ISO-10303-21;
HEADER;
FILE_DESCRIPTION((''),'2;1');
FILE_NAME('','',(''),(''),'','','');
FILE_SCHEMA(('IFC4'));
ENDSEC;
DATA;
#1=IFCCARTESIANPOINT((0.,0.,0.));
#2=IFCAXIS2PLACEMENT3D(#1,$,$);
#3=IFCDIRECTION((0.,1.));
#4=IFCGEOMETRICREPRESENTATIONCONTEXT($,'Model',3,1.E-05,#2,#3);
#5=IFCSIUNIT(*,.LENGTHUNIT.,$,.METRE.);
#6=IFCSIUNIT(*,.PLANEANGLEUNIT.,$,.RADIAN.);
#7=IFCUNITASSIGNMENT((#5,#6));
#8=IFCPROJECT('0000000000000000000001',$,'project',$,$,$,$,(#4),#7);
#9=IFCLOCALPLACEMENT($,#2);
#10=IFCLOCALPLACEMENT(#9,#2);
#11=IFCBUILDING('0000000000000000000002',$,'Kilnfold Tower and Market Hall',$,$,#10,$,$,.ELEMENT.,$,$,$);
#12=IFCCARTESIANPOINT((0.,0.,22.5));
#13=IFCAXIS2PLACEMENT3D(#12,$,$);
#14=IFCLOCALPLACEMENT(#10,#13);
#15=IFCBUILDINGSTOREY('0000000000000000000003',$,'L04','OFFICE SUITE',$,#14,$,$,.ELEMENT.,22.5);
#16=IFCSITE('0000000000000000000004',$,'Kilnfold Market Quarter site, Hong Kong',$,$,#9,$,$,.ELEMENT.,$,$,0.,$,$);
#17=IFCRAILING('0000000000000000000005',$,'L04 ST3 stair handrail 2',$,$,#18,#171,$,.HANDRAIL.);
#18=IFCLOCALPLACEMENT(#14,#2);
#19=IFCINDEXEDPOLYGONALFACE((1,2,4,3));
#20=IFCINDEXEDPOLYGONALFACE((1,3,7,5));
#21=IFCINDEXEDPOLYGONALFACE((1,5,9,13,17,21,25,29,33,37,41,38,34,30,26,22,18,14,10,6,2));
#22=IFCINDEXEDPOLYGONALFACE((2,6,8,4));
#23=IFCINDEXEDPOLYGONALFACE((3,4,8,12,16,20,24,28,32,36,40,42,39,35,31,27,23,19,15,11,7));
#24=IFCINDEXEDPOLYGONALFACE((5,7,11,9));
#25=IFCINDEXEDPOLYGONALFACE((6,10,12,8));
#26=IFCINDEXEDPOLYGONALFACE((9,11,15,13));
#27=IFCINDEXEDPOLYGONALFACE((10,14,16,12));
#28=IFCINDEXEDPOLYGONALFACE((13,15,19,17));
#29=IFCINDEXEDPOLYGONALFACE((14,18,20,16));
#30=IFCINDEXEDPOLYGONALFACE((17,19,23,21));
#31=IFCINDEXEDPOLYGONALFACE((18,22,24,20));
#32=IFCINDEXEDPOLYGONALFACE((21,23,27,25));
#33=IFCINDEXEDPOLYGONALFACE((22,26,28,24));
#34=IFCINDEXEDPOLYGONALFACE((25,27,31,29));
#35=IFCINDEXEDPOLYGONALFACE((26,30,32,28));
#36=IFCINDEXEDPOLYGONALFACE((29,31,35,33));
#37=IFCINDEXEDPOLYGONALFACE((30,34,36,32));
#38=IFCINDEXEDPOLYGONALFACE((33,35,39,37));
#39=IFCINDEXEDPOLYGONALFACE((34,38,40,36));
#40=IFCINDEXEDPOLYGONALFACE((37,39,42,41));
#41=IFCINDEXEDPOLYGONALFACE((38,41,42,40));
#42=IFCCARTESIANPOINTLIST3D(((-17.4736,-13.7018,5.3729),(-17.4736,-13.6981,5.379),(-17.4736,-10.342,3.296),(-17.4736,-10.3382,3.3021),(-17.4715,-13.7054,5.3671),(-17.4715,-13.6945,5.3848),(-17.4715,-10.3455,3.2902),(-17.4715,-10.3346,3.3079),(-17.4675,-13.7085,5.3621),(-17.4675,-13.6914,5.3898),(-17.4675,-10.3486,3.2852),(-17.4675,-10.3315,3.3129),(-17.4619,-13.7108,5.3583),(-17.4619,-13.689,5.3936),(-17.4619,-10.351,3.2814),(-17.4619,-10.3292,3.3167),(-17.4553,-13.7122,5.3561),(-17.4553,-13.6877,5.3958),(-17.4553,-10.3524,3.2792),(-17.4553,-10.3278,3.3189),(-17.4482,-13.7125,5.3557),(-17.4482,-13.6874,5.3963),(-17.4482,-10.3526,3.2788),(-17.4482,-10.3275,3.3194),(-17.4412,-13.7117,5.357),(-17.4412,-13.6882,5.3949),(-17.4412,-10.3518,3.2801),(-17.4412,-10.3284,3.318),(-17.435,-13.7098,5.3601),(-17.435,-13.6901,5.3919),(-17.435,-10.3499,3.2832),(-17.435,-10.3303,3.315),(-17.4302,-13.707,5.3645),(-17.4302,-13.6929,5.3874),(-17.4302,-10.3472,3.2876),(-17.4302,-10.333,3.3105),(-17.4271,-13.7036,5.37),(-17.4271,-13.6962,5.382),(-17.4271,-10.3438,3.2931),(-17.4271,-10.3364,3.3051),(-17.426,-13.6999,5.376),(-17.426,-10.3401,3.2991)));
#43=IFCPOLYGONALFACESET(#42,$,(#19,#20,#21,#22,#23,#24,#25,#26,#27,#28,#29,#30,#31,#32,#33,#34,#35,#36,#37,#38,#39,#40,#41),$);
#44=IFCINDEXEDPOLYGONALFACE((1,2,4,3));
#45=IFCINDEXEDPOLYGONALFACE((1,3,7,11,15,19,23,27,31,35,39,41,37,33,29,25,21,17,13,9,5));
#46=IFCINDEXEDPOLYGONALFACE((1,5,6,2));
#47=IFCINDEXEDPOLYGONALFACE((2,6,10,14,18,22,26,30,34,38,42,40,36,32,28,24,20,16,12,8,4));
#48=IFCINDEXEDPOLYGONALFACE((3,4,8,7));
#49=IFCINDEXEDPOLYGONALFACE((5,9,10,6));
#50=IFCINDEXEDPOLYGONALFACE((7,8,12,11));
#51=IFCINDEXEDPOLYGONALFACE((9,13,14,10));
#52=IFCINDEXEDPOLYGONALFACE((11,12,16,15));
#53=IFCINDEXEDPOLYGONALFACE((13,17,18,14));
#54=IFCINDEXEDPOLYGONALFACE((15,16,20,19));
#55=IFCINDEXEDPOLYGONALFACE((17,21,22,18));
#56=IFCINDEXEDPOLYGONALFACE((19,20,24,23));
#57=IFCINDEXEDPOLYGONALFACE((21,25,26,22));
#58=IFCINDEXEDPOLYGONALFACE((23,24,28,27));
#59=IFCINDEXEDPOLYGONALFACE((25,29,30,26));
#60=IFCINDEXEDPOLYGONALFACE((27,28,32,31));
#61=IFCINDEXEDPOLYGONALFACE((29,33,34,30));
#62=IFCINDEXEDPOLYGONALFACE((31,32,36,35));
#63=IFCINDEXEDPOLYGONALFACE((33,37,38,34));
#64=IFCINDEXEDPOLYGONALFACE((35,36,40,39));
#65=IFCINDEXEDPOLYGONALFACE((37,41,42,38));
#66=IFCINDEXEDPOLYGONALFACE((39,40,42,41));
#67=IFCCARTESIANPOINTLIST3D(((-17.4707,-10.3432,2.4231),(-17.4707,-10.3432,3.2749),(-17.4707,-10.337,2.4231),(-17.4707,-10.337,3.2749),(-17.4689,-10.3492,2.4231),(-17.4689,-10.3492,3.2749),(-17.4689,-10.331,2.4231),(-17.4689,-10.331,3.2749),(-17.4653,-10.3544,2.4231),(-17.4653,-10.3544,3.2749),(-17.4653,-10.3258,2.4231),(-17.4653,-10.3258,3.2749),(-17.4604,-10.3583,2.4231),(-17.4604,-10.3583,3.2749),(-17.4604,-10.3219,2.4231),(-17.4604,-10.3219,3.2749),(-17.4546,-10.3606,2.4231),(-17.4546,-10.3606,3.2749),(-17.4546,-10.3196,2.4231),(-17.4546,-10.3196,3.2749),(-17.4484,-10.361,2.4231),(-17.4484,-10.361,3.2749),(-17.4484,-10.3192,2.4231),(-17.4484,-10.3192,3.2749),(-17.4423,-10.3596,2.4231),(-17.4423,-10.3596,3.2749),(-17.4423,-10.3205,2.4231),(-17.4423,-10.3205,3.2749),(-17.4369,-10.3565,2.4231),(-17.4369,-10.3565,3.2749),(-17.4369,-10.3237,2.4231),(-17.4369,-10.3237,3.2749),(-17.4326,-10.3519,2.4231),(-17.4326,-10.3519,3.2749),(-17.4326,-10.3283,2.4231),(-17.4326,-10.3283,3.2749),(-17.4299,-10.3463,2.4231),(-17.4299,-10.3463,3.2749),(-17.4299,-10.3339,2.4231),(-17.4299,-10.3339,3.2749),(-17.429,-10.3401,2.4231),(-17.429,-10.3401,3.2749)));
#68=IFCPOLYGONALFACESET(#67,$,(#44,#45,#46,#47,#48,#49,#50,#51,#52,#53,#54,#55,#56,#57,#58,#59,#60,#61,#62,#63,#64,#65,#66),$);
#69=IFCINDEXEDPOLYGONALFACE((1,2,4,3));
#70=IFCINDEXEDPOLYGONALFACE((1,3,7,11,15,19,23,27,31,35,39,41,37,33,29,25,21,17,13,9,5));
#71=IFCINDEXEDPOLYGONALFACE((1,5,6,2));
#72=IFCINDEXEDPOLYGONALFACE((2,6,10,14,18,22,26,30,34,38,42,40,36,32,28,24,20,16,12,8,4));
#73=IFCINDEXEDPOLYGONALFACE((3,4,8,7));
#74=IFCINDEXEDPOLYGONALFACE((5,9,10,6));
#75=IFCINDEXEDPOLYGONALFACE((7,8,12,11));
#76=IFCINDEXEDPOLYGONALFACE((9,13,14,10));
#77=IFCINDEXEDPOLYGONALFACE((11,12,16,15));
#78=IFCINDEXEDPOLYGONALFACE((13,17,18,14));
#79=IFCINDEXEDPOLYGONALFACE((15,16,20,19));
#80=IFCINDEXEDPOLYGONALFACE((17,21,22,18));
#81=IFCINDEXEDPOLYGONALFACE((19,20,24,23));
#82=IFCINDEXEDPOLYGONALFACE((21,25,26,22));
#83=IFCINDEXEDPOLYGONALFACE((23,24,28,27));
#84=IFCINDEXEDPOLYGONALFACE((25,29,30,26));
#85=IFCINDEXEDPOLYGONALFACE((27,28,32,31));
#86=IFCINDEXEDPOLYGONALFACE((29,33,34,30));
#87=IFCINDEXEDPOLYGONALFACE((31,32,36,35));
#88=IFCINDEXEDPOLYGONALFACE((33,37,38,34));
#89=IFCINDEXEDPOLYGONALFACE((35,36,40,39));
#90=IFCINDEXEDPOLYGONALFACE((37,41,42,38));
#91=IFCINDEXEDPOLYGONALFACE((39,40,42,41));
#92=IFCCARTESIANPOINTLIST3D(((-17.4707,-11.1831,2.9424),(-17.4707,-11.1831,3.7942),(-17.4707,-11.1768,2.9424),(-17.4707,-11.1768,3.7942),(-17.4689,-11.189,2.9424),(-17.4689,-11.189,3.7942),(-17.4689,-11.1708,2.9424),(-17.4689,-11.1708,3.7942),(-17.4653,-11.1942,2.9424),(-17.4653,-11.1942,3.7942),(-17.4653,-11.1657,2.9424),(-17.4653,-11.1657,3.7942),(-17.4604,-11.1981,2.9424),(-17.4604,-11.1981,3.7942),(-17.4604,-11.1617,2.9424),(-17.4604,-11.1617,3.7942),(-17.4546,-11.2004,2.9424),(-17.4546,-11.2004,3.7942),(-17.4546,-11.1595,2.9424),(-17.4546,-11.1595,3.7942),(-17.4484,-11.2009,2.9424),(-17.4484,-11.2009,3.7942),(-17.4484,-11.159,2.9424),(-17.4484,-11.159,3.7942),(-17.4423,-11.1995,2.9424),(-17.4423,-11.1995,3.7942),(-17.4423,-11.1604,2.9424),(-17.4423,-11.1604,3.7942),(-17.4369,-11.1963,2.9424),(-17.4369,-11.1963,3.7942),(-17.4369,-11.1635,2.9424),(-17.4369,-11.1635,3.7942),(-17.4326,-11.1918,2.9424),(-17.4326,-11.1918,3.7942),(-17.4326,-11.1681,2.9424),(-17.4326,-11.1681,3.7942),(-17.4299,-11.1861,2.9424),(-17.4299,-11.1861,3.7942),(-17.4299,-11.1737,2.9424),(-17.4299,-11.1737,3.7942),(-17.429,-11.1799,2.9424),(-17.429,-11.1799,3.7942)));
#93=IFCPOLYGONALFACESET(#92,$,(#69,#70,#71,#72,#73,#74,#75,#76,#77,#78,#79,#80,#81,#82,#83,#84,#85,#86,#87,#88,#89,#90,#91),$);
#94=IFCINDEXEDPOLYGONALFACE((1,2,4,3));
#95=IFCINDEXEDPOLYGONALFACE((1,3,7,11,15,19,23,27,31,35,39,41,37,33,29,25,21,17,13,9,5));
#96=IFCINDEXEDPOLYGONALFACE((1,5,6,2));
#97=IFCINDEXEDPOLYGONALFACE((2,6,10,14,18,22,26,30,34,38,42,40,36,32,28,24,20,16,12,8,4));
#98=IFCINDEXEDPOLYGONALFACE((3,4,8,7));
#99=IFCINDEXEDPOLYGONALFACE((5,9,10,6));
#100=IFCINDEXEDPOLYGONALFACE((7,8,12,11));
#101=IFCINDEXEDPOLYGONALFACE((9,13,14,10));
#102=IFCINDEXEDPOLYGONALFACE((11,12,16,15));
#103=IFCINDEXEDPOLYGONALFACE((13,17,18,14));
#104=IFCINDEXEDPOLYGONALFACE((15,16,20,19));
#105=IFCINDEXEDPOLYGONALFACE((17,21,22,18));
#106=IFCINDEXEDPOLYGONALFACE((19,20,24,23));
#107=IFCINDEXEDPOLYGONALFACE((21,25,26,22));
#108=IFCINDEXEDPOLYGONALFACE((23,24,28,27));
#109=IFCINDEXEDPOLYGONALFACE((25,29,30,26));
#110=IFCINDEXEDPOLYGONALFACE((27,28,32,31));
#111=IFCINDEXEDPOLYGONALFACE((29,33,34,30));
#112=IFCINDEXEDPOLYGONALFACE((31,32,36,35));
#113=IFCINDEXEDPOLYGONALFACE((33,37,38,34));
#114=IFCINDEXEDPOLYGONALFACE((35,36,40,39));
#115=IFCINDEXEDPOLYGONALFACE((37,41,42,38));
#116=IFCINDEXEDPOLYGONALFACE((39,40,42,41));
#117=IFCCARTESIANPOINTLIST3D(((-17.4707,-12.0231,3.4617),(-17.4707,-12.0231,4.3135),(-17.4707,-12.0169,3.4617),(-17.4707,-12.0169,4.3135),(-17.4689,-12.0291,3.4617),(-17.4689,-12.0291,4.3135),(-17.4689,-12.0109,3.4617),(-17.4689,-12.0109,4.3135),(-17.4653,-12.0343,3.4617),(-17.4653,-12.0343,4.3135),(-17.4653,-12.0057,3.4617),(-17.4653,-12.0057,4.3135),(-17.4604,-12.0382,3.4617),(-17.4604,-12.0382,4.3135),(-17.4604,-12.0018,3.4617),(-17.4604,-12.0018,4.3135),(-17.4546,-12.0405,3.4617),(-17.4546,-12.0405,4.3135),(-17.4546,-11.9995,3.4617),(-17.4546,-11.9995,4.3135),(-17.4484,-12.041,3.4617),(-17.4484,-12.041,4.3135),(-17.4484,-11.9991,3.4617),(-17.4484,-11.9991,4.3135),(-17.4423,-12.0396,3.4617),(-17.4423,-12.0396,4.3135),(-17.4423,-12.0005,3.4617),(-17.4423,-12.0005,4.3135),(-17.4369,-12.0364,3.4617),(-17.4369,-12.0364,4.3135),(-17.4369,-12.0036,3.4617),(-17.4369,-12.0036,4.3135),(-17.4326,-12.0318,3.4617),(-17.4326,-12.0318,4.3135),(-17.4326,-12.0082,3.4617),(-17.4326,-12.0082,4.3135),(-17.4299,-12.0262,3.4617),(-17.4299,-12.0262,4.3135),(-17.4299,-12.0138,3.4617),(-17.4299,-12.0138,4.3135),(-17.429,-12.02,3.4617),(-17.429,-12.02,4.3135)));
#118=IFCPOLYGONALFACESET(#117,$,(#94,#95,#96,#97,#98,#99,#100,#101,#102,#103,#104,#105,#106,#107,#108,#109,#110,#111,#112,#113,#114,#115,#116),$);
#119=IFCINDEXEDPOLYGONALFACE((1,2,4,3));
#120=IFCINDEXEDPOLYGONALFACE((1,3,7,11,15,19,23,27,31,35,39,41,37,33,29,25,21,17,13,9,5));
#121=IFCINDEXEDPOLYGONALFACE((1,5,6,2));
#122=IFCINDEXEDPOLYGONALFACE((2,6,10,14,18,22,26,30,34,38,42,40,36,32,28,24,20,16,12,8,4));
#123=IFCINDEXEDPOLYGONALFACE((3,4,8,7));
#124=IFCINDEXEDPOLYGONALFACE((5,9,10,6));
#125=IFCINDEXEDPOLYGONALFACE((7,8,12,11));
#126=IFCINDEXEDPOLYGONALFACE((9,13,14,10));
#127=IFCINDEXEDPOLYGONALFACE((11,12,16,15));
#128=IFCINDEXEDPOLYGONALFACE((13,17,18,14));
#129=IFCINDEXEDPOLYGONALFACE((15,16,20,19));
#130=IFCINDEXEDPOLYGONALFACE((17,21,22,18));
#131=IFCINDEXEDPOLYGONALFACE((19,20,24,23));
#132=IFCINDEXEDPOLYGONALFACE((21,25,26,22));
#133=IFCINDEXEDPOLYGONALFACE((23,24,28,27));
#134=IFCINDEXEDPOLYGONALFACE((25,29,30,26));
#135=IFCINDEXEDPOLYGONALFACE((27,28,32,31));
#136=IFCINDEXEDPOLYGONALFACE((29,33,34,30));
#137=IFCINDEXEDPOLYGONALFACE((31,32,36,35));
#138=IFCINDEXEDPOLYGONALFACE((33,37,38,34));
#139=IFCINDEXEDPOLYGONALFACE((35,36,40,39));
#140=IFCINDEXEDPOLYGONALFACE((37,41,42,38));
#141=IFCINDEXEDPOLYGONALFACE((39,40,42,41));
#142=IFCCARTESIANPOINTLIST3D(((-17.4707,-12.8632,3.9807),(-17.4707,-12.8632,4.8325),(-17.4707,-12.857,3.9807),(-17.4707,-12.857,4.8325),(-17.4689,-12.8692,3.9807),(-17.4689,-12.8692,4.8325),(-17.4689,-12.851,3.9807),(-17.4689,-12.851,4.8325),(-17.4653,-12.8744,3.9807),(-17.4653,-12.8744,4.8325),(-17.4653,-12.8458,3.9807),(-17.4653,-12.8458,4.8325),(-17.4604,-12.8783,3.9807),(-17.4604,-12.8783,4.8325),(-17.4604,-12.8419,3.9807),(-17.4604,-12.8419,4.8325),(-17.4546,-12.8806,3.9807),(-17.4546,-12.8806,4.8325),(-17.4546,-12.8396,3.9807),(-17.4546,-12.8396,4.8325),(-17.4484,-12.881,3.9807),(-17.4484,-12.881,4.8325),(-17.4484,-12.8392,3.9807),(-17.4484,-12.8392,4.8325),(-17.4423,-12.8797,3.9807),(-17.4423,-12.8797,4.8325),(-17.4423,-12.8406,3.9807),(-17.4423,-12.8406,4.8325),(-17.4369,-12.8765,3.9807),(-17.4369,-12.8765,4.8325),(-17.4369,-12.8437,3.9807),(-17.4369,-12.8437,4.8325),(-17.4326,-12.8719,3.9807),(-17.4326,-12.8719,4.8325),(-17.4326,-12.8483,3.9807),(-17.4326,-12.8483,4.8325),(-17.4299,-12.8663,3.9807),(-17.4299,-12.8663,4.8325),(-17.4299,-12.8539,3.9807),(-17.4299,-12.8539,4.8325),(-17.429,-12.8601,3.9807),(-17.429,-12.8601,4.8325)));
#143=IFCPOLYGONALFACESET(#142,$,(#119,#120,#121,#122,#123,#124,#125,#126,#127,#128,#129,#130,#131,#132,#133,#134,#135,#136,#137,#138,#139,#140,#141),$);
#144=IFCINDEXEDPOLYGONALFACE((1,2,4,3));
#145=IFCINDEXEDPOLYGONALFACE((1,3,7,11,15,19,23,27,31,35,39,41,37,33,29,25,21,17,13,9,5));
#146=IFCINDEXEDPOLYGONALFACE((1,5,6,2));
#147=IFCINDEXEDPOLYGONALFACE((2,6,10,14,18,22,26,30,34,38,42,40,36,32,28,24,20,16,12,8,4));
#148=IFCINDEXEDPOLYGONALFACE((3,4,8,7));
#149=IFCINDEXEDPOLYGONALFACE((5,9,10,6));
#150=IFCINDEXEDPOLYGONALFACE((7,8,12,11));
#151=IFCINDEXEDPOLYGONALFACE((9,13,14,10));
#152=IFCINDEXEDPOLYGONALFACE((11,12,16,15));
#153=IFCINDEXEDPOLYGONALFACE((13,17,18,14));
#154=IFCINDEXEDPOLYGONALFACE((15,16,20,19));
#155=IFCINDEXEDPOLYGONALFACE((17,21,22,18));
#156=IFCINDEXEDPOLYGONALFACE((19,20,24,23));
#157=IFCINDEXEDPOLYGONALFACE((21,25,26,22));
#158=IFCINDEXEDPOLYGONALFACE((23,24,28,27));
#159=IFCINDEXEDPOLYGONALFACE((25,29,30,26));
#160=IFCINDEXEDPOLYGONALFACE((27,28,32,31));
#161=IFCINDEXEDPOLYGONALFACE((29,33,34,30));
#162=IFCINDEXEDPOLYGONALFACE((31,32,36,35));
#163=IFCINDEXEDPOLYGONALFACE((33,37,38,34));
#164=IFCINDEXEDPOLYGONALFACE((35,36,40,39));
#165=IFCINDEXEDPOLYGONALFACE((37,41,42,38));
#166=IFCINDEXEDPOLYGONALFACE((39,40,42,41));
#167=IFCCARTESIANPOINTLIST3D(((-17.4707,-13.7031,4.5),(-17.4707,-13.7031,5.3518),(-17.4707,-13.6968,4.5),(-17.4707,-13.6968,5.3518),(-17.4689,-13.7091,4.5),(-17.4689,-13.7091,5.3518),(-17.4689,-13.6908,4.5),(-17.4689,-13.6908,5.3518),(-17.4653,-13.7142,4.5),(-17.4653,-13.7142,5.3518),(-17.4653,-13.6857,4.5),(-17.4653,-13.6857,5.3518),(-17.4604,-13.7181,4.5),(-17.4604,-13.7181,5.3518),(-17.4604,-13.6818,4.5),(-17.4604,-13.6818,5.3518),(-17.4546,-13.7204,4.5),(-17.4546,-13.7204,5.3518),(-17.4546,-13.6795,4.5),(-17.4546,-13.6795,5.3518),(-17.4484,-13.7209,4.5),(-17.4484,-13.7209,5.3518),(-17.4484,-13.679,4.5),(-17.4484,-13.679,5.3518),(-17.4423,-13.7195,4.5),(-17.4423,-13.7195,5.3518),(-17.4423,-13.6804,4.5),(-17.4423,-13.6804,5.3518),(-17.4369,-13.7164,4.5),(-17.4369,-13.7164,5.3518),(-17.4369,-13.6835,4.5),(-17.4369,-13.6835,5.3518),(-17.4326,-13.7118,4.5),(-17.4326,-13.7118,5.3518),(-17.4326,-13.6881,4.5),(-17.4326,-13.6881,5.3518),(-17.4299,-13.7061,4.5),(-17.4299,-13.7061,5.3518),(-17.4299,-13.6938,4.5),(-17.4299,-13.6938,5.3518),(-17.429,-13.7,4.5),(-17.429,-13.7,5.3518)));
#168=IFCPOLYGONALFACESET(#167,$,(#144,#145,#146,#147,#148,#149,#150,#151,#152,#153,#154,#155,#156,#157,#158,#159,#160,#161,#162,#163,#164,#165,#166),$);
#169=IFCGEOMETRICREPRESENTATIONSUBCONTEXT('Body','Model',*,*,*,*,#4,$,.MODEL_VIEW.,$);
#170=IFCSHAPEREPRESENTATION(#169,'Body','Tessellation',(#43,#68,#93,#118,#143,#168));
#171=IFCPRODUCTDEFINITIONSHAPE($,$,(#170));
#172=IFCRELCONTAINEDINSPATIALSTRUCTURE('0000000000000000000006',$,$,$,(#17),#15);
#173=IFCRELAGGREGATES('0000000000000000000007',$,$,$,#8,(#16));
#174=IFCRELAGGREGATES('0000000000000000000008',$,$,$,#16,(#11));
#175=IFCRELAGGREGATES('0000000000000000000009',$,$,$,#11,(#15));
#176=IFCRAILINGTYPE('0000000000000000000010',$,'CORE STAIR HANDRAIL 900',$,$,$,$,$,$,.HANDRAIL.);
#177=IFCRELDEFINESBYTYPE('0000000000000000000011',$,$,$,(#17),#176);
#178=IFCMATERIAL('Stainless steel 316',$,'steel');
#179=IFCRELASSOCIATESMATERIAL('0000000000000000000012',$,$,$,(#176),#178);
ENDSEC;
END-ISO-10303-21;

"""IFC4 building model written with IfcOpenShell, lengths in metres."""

from ifc_helpers import new_model, si_unit, direction, frame, origin, origin_2d, place, context, subcontext, project, spatial, circle, extrude, material, type_object, element, save


model = new_model("IFC4")

# Units and contexts
model_context = context("Model", 3, precision=1e-05, world=origin(), true_north=direction((0.0, 1.0)))
body_context = subcontext(model_context, "Body", "Model", "MODEL_VIEW")
ifc_project = project(units=[si_unit("LENGTHUNIT", "METRE"), si_unit("PLANEANGLEUNIT", "RADIAN")], contexts=[model_context])

# Site, building, storey
site_placement = place(None, origin())
site = spatial("IfcSite", under=ifc_project, at=site_placement, Name="Kilnfold Market Quarter site, Hong Kong", CompositionType="ELEMENT", RefElevation=0.0)
building_placement = place(site_placement, origin())
building = spatial("IfcBuilding", under=site, at=building_placement, Name="Kilnfold Tower and Market Hall", CompositionType="ELEMENT")
storey_placement = place(building_placement, frame((0.0, 0.0, 22.5)))
storey = spatial("IfcBuildingStorey", under=building, at=storey_placement, Name="L04", Description="OFFICE SUITE", CompositionType="ELEMENT", Elevation=22.5)

# Railing
ifc_material_1 = material(Name="Stainless steel 316", Category="steel")
railing_type_1 = type_object("IfcRailingType", Name="CORE STAIR HANDRAIL 900", PredefinedType="HANDRAIL", material=ifc_material_1)
railing_1_placement = place(storey_placement, frame((-17.45, -10.3401, 2.4231)))
element("IfcRailing", 1, at=railing_1_placement, inside=storey, type_object=railing_type_1, Name="L04 ST3 stair handrail 2", PredefinedType="HANDRAIL", context=body_context, shape_type="SweptSolid", body=[
    extrude(circle(Radius=0.0239, at=origin_2d()), frame((0.0, 0.0, 0.876), z_axis=(0.0, -0.850606, 0.525803), x_axis=(1.0, 0.0, 0.0)), (0.0, 0.0, 1.0), 3.95),
    extrude(circle(Radius=0.021, at=origin_2d()), origin(), (0.0, 0.0, 1.0), 0.8518),
    extrude(circle(Radius=0.021, at=origin_2d()), frame((0.0, -0.8398, 0.5193)), (0.0, 0.0, 1.0), 0.8518),
    extrude(circle(Radius=0.021, at=origin_2d()), frame((0.0, -1.6799, 1.0386)), (0.0, 0.0, 1.0), 0.8518),
    extrude(circle(Radius=0.021, at=origin_2d()), frame((0.0, -2.52, 1.5576)), (0.0, 0.0, 1.0), 0.8518),
    extrude(circle(Radius=0.021, at=origin_2d()), frame((0.0, -3.3599, 2.0769)), (0.0, 0.0, 1.0), 0.8518),
])

save(model, "model.ifc")
